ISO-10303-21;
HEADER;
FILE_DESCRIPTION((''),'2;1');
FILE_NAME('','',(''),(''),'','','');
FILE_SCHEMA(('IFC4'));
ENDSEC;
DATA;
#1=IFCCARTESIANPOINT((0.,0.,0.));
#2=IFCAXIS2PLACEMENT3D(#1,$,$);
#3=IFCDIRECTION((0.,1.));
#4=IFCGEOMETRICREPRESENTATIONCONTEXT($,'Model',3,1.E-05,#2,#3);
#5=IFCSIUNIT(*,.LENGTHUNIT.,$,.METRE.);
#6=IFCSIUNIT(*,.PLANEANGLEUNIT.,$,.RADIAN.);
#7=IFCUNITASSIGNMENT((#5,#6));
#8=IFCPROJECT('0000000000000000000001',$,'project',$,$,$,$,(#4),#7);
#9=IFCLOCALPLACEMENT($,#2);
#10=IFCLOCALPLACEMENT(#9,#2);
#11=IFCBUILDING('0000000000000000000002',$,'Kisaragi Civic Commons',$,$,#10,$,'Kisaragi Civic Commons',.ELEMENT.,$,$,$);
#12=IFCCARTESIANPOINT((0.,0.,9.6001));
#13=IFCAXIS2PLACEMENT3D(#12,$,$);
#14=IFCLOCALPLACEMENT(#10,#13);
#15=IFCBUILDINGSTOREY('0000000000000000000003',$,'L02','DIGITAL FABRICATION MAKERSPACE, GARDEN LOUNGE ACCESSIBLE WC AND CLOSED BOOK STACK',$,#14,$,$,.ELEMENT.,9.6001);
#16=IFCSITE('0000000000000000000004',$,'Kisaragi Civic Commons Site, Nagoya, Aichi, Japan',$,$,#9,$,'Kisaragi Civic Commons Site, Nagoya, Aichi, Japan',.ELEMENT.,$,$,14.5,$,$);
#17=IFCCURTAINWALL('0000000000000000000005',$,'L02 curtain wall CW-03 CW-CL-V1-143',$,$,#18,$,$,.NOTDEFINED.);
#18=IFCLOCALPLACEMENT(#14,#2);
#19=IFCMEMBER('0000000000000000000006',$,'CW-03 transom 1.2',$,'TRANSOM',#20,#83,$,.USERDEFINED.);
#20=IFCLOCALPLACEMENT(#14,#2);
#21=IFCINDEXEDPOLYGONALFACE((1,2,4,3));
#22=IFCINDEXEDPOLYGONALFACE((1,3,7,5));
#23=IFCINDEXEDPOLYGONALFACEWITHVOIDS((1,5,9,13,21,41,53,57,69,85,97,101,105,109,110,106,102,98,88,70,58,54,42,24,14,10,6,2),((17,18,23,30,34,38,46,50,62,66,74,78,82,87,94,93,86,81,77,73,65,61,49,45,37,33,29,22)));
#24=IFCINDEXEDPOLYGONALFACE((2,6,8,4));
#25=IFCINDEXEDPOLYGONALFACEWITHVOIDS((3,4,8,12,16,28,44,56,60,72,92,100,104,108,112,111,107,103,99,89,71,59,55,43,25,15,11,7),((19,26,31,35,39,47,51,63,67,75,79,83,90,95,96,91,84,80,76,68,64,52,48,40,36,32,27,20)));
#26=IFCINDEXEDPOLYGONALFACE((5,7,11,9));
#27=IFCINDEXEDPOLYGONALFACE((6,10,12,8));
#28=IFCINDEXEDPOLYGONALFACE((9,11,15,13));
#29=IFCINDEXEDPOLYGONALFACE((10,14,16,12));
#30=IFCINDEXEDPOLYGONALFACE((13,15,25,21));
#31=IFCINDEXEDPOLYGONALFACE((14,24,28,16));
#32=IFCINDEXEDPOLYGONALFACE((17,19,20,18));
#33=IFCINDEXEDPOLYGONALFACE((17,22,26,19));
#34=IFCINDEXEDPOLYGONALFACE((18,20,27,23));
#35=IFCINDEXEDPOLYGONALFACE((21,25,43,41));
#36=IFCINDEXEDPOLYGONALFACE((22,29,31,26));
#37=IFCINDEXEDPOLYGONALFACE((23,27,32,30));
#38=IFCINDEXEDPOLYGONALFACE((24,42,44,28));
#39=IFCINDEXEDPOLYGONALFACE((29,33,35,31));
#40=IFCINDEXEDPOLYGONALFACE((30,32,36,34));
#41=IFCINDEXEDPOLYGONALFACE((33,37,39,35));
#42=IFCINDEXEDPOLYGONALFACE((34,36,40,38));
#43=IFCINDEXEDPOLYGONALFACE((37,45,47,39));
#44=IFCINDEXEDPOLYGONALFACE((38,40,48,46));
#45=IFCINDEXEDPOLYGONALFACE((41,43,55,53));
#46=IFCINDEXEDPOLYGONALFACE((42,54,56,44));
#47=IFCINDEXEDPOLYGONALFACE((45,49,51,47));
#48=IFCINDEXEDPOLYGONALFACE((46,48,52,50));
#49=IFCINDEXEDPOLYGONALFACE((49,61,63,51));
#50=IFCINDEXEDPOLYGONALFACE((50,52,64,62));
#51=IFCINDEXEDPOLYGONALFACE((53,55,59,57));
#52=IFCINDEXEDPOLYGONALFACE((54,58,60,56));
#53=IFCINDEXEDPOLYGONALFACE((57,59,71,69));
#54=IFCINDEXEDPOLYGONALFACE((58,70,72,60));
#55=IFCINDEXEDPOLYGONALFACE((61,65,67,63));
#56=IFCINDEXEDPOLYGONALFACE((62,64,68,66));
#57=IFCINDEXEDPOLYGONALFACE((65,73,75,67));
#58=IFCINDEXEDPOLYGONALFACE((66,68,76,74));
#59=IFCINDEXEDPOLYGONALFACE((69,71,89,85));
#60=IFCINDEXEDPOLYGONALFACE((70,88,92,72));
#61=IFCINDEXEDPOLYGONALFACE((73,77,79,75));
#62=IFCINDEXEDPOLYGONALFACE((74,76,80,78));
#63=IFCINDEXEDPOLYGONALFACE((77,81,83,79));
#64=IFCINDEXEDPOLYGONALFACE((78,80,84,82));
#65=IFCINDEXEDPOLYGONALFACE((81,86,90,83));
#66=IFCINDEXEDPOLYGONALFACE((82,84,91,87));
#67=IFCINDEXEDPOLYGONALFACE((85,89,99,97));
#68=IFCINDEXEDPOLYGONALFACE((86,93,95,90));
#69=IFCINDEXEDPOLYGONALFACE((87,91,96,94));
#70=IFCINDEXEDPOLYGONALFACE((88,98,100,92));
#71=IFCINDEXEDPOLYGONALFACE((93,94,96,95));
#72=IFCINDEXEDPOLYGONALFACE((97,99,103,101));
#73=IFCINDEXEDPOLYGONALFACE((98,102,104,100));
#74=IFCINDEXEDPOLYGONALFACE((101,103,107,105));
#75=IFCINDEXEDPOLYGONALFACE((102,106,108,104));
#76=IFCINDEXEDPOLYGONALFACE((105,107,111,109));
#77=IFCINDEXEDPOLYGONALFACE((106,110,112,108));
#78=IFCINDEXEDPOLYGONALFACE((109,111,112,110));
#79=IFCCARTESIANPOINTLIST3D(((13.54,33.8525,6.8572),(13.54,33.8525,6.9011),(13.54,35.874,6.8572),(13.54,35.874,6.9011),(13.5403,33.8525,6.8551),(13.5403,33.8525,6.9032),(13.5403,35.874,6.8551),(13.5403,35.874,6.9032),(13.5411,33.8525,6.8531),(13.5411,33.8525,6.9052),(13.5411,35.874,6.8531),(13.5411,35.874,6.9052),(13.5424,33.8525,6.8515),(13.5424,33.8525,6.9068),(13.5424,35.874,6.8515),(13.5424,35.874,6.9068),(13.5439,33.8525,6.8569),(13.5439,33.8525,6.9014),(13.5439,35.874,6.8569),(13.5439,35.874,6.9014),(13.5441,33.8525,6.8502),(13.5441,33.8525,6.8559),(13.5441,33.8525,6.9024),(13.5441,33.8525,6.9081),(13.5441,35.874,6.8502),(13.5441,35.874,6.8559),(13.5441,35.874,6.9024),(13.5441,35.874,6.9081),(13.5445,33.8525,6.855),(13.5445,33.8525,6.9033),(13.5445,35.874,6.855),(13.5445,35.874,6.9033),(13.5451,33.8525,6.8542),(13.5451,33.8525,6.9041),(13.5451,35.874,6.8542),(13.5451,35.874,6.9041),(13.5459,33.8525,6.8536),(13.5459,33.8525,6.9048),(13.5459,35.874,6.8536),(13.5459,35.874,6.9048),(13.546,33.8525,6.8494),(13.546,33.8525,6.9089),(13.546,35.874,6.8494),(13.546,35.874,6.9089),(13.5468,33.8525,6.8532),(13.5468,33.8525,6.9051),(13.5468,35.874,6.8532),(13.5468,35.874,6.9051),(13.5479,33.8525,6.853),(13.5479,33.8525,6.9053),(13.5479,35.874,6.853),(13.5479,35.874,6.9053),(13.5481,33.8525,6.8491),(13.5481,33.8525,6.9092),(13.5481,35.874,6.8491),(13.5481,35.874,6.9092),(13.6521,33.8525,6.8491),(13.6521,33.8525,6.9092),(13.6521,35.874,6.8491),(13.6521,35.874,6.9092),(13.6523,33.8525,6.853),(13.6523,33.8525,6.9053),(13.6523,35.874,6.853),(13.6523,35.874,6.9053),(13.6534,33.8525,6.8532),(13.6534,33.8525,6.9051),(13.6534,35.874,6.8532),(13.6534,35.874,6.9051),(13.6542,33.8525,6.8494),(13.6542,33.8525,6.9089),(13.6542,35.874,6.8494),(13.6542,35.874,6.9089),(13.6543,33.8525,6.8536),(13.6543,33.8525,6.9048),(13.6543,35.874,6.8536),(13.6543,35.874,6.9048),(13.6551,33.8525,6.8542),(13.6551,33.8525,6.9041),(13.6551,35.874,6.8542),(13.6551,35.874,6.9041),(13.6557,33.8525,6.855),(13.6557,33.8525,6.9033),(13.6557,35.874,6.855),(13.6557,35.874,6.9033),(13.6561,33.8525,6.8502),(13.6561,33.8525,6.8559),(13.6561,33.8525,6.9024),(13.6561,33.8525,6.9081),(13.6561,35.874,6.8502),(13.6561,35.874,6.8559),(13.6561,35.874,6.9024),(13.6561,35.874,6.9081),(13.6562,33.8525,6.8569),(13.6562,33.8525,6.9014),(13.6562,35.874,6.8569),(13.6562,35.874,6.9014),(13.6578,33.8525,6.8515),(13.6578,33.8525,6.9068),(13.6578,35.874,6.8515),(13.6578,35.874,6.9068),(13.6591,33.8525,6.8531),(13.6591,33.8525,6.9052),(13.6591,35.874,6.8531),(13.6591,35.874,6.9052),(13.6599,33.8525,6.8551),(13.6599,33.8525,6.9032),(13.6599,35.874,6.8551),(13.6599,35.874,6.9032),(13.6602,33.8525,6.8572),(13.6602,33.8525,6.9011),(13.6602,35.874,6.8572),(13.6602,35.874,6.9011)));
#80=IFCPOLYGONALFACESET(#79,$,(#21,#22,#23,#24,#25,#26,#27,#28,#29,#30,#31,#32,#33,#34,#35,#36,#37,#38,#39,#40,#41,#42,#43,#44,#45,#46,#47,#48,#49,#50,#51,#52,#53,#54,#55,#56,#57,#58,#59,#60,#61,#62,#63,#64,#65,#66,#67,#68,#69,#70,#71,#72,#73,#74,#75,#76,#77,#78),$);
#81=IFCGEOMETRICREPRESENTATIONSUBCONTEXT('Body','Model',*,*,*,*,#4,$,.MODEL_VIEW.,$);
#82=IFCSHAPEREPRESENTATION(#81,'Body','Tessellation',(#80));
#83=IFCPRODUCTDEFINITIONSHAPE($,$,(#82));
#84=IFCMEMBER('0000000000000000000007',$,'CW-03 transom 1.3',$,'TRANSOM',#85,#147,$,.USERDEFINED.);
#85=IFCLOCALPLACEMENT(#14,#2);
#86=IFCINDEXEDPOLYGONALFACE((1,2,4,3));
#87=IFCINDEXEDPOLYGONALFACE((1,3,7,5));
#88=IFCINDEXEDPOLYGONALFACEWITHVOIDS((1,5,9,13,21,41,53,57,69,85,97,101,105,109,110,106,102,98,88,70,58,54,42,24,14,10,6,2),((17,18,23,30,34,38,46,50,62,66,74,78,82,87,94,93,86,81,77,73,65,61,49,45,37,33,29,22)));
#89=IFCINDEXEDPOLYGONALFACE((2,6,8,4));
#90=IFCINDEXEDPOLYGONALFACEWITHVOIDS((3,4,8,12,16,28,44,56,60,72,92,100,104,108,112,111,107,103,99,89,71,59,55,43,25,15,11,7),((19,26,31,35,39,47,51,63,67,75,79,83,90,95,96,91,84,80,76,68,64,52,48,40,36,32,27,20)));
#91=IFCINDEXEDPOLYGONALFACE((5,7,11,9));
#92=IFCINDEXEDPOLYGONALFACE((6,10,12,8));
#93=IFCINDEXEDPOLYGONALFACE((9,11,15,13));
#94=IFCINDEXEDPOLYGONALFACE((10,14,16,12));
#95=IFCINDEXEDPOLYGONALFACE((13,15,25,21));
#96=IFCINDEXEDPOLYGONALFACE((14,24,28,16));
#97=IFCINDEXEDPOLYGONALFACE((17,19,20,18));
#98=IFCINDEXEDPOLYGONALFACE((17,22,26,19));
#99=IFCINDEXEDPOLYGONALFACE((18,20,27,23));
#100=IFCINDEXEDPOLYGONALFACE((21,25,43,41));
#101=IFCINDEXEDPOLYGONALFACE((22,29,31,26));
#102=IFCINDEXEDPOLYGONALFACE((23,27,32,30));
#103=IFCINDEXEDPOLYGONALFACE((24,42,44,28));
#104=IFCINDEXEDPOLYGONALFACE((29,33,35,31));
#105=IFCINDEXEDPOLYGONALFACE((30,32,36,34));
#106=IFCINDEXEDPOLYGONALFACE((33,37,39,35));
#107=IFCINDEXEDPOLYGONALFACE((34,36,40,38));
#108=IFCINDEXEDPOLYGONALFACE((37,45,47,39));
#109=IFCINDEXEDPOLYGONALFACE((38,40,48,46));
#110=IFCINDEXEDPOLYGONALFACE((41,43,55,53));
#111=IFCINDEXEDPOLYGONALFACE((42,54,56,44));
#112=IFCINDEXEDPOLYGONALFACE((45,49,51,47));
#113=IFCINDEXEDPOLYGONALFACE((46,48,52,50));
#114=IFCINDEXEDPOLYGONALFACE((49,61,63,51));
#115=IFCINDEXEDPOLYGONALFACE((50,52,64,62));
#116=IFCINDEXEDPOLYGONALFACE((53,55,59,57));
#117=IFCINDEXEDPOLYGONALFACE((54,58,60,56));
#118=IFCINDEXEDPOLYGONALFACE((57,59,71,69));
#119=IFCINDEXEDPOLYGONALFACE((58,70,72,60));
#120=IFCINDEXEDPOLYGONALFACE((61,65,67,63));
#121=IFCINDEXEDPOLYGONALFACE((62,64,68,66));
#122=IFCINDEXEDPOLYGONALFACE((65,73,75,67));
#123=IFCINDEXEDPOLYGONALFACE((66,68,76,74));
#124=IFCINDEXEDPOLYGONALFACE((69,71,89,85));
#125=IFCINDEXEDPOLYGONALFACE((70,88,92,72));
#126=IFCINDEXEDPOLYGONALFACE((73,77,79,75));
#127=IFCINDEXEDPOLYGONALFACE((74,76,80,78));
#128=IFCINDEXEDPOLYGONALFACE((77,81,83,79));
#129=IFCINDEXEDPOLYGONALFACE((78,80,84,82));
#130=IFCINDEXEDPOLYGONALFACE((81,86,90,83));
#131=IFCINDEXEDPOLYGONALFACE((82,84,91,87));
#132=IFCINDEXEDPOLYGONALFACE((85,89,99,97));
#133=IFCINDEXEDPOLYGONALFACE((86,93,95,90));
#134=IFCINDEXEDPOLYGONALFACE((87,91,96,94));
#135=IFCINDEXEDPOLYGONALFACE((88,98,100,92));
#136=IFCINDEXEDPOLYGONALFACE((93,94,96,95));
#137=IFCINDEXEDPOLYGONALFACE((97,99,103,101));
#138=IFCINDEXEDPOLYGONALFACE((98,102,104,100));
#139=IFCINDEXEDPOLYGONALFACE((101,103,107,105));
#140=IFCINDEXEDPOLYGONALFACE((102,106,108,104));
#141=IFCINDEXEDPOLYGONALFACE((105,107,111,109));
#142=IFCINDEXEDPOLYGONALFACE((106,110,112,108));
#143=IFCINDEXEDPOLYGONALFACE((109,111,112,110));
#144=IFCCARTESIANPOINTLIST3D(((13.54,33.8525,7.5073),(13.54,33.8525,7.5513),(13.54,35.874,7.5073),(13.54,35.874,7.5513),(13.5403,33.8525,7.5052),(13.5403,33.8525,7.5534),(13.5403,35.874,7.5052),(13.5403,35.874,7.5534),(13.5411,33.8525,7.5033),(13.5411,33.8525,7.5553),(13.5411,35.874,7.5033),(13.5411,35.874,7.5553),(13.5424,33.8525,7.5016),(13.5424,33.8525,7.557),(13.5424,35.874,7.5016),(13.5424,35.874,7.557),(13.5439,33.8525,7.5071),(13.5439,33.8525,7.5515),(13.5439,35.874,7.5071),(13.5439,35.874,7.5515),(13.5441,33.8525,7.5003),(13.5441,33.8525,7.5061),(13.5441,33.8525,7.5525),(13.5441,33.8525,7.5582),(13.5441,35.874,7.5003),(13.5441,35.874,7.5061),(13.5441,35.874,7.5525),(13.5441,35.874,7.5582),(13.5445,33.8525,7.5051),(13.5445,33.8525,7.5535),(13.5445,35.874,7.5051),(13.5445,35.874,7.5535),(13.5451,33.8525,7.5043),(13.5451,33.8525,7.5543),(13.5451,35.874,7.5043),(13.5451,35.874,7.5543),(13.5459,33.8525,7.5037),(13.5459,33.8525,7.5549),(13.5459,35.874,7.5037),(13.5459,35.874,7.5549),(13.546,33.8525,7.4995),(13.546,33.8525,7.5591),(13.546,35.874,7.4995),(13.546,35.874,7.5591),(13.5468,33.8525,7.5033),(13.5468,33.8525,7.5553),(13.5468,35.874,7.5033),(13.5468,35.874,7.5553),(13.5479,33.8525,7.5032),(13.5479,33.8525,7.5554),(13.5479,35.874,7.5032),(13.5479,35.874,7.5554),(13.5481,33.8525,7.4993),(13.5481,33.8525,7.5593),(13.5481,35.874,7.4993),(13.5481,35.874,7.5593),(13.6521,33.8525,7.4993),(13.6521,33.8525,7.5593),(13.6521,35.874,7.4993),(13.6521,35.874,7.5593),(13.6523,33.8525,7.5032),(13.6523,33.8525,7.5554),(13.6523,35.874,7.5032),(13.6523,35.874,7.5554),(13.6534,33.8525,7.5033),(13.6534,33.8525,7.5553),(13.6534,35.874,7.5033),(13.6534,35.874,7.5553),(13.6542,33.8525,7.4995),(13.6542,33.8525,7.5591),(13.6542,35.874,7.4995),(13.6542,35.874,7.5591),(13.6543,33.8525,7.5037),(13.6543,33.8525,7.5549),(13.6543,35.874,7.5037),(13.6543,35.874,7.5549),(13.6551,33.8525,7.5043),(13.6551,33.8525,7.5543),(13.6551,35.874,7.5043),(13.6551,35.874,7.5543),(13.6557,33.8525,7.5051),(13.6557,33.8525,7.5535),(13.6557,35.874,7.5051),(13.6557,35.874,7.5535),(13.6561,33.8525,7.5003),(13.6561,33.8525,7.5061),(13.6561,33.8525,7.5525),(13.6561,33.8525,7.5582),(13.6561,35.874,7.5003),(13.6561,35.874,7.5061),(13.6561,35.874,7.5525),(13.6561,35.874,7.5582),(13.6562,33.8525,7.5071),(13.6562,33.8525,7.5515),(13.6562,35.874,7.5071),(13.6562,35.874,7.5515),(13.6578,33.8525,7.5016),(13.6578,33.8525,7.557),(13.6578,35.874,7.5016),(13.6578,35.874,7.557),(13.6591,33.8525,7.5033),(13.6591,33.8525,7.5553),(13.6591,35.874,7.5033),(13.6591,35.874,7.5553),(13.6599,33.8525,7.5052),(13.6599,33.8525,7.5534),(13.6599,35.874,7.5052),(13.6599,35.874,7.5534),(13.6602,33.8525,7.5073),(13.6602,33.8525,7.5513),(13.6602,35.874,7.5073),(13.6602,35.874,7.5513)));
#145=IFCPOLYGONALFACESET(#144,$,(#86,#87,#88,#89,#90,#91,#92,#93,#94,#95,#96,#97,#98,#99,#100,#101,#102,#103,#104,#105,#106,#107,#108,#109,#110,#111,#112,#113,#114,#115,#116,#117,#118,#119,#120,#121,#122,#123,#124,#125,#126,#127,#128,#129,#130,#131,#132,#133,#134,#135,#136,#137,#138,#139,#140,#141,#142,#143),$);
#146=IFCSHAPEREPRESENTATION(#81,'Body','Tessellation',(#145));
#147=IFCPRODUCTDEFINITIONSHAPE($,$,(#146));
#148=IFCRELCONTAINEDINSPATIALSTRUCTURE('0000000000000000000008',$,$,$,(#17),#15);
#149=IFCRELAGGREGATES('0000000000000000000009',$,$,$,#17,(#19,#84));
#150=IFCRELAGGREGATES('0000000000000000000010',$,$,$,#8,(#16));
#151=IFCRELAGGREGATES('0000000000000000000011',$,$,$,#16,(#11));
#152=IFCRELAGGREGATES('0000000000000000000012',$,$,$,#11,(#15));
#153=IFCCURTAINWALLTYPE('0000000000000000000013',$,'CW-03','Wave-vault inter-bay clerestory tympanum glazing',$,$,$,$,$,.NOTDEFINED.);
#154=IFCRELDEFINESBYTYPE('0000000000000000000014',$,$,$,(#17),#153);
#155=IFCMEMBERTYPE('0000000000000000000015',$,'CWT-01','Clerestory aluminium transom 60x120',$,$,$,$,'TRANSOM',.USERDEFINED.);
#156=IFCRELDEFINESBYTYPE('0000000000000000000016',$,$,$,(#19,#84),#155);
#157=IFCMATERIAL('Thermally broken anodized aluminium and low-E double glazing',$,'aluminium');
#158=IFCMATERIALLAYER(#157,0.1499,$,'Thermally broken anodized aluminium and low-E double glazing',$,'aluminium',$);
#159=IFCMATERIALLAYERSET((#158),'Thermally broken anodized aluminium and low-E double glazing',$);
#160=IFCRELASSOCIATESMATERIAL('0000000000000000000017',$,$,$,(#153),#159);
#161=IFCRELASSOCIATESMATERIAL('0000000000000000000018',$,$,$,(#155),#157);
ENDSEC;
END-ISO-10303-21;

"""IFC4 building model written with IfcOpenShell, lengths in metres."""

from ifc_helpers import new_model, si_unit, direction, frame, origin, origin_2d, place, context, subcontext, project, spatial, hollow_rectangle, extrude, material, layer, layer_set, material_profile, profile_set, type_object, element, aggregate, save


model = new_model("IFC4")

# Units and contexts
model_context = context("Model", 3, precision=1e-05, world=origin(), true_north=direction((0.0, 1.0)))
body_context = subcontext(model_context, "Body", "Model", "MODEL_VIEW")
ifc_project = project(units=[si_unit("LENGTHUNIT", "METRE"), si_unit("PLANEANGLEUNIT", "RADIAN")], contexts=[model_context])

# Site, building, storey
site_placement = place(None, origin())
site = spatial("IfcSite", under=ifc_project, at=site_placement, Name="Kisaragi Civic Commons Site, Nagoya, Aichi, Japan", LongName="Kisaragi Civic Commons Site, Nagoya, Aichi, Japan", CompositionType="ELEMENT", RefElevation=14.5)
building_placement = place(site_placement, origin())
building = spatial("IfcBuilding", under=site, at=building_placement, Name="Kisaragi Civic Commons", LongName="Kisaragi Civic Commons", CompositionType="ELEMENT")
storey_placement = place(building_placement, frame((0.0, 0.0, 9.6001)))
storey = spatial("IfcBuildingStorey", under=building, at=storey_placement, Name="L02", Description="DIGITAL FABRICATION MAKERSPACE, GARDEN LOUNGE ACCESSIBLE WC AND CLOSED BOOK STACK", CompositionType="ELEMENT", Elevation=9.6001)

# Curtain wall
ifc_material_1 = material(Name="Thermally broken anodized aluminium and low-E double glazing", Category="aluminium")
ifc_layer_1 = layer(ifc_material_1, 0.1499, Name="Thermally broken anodized aluminium and low-E double glazing", Category="aluminium")
ifc_layer_set_1 = layer_set([ifc_layer_1], Name="Thermally broken anodized aluminium and low-E double glazing")
curtain_wall_type = type_object("IfcCurtainWallType", Name="CW-03", Description="Wave-vault inter-bay clerestory tympanum glazing", PredefinedType="NOTDEFINED", material=ifc_layer_set_1)
curtain_wall_1_placement = place(storey_placement, origin())
curtain_wall_1 = element("IfcCurtainWall", 1, at=curtain_wall_1_placement, inside=storey, type_object=curtain_wall_type, Name="L02 curtain wall CW-03 CW-CL-V1-143", PredefinedType="NOTDEFINED")
ifc_material_profile_1 = material_profile(ifc_material_1, hollow_rectangle(XDim=0.1201, YDim=0.0601, WallThickness=0.0039, InnerFilletRadius=0.0039, OuterFilletRadius=0.0081, at=origin_2d()), Name="CWT-60x120x4", Category="aluminium")
ifc_profile_set_1 = profile_set([ifc_material_profile_1], Name="Thermally broken anodized aluminium and low-E double glazing")
member_type_1 = type_object("IfcMemberType", Name="CWT-01", Description="Clerestory aluminium transom 60x120", ElementType="TRANSOM", PredefinedType="USERDEFINED", material=ifc_profile_set_1)

# Members
member_1_placement = place(storey_placement, frame((13.6001, 33.8525, 6.8792), z_axis=(0.0, 1.0, 0.0), x_axis=(-1.0, 0.0, 0.0)))
member_1 = element("IfcMember", 2, at=member_1_placement, type_object=member_type_1, Name="CW-03 transom 1.2", ObjectType="TRANSOM", PredefinedType="USERDEFINED", context=body_context, shape_type="SweptSolid", body=[
    extrude(hollow_rectangle(XDim=0.1201, YDim=0.0601, WallThickness=0.0039, InnerFilletRadius=0.0039, OuterFilletRadius=0.0081, at=origin_2d()), origin(), (0.0, 0.0, 1.0), 2.0215),
])
member_2_placement = place(storey_placement, frame((13.6001, 33.8525, 7.5293), z_axis=(0.0, 1.0, 0.0), x_axis=(-1.0, 0.0, 0.0)))
member_2 = element("IfcMember", 3, at=member_2_placement, type_object=member_type_1, Name="CW-03 transom 1.3", ObjectType="TRANSOM", PredefinedType="USERDEFINED", context=body_context, shape_type="SweptSolid", body=[
    extrude(hollow_rectangle(XDim=0.1201, YDim=0.0601, WallThickness=0.0039, InnerFilletRadius=0.0039, OuterFilletRadius=0.0081, at=origin_2d()), origin(), (0.0, 0.0, 1.0), 2.0215),
])

aggregate(curtain_wall_1, [member_1, member_2])

save(model, "model.ifc")
